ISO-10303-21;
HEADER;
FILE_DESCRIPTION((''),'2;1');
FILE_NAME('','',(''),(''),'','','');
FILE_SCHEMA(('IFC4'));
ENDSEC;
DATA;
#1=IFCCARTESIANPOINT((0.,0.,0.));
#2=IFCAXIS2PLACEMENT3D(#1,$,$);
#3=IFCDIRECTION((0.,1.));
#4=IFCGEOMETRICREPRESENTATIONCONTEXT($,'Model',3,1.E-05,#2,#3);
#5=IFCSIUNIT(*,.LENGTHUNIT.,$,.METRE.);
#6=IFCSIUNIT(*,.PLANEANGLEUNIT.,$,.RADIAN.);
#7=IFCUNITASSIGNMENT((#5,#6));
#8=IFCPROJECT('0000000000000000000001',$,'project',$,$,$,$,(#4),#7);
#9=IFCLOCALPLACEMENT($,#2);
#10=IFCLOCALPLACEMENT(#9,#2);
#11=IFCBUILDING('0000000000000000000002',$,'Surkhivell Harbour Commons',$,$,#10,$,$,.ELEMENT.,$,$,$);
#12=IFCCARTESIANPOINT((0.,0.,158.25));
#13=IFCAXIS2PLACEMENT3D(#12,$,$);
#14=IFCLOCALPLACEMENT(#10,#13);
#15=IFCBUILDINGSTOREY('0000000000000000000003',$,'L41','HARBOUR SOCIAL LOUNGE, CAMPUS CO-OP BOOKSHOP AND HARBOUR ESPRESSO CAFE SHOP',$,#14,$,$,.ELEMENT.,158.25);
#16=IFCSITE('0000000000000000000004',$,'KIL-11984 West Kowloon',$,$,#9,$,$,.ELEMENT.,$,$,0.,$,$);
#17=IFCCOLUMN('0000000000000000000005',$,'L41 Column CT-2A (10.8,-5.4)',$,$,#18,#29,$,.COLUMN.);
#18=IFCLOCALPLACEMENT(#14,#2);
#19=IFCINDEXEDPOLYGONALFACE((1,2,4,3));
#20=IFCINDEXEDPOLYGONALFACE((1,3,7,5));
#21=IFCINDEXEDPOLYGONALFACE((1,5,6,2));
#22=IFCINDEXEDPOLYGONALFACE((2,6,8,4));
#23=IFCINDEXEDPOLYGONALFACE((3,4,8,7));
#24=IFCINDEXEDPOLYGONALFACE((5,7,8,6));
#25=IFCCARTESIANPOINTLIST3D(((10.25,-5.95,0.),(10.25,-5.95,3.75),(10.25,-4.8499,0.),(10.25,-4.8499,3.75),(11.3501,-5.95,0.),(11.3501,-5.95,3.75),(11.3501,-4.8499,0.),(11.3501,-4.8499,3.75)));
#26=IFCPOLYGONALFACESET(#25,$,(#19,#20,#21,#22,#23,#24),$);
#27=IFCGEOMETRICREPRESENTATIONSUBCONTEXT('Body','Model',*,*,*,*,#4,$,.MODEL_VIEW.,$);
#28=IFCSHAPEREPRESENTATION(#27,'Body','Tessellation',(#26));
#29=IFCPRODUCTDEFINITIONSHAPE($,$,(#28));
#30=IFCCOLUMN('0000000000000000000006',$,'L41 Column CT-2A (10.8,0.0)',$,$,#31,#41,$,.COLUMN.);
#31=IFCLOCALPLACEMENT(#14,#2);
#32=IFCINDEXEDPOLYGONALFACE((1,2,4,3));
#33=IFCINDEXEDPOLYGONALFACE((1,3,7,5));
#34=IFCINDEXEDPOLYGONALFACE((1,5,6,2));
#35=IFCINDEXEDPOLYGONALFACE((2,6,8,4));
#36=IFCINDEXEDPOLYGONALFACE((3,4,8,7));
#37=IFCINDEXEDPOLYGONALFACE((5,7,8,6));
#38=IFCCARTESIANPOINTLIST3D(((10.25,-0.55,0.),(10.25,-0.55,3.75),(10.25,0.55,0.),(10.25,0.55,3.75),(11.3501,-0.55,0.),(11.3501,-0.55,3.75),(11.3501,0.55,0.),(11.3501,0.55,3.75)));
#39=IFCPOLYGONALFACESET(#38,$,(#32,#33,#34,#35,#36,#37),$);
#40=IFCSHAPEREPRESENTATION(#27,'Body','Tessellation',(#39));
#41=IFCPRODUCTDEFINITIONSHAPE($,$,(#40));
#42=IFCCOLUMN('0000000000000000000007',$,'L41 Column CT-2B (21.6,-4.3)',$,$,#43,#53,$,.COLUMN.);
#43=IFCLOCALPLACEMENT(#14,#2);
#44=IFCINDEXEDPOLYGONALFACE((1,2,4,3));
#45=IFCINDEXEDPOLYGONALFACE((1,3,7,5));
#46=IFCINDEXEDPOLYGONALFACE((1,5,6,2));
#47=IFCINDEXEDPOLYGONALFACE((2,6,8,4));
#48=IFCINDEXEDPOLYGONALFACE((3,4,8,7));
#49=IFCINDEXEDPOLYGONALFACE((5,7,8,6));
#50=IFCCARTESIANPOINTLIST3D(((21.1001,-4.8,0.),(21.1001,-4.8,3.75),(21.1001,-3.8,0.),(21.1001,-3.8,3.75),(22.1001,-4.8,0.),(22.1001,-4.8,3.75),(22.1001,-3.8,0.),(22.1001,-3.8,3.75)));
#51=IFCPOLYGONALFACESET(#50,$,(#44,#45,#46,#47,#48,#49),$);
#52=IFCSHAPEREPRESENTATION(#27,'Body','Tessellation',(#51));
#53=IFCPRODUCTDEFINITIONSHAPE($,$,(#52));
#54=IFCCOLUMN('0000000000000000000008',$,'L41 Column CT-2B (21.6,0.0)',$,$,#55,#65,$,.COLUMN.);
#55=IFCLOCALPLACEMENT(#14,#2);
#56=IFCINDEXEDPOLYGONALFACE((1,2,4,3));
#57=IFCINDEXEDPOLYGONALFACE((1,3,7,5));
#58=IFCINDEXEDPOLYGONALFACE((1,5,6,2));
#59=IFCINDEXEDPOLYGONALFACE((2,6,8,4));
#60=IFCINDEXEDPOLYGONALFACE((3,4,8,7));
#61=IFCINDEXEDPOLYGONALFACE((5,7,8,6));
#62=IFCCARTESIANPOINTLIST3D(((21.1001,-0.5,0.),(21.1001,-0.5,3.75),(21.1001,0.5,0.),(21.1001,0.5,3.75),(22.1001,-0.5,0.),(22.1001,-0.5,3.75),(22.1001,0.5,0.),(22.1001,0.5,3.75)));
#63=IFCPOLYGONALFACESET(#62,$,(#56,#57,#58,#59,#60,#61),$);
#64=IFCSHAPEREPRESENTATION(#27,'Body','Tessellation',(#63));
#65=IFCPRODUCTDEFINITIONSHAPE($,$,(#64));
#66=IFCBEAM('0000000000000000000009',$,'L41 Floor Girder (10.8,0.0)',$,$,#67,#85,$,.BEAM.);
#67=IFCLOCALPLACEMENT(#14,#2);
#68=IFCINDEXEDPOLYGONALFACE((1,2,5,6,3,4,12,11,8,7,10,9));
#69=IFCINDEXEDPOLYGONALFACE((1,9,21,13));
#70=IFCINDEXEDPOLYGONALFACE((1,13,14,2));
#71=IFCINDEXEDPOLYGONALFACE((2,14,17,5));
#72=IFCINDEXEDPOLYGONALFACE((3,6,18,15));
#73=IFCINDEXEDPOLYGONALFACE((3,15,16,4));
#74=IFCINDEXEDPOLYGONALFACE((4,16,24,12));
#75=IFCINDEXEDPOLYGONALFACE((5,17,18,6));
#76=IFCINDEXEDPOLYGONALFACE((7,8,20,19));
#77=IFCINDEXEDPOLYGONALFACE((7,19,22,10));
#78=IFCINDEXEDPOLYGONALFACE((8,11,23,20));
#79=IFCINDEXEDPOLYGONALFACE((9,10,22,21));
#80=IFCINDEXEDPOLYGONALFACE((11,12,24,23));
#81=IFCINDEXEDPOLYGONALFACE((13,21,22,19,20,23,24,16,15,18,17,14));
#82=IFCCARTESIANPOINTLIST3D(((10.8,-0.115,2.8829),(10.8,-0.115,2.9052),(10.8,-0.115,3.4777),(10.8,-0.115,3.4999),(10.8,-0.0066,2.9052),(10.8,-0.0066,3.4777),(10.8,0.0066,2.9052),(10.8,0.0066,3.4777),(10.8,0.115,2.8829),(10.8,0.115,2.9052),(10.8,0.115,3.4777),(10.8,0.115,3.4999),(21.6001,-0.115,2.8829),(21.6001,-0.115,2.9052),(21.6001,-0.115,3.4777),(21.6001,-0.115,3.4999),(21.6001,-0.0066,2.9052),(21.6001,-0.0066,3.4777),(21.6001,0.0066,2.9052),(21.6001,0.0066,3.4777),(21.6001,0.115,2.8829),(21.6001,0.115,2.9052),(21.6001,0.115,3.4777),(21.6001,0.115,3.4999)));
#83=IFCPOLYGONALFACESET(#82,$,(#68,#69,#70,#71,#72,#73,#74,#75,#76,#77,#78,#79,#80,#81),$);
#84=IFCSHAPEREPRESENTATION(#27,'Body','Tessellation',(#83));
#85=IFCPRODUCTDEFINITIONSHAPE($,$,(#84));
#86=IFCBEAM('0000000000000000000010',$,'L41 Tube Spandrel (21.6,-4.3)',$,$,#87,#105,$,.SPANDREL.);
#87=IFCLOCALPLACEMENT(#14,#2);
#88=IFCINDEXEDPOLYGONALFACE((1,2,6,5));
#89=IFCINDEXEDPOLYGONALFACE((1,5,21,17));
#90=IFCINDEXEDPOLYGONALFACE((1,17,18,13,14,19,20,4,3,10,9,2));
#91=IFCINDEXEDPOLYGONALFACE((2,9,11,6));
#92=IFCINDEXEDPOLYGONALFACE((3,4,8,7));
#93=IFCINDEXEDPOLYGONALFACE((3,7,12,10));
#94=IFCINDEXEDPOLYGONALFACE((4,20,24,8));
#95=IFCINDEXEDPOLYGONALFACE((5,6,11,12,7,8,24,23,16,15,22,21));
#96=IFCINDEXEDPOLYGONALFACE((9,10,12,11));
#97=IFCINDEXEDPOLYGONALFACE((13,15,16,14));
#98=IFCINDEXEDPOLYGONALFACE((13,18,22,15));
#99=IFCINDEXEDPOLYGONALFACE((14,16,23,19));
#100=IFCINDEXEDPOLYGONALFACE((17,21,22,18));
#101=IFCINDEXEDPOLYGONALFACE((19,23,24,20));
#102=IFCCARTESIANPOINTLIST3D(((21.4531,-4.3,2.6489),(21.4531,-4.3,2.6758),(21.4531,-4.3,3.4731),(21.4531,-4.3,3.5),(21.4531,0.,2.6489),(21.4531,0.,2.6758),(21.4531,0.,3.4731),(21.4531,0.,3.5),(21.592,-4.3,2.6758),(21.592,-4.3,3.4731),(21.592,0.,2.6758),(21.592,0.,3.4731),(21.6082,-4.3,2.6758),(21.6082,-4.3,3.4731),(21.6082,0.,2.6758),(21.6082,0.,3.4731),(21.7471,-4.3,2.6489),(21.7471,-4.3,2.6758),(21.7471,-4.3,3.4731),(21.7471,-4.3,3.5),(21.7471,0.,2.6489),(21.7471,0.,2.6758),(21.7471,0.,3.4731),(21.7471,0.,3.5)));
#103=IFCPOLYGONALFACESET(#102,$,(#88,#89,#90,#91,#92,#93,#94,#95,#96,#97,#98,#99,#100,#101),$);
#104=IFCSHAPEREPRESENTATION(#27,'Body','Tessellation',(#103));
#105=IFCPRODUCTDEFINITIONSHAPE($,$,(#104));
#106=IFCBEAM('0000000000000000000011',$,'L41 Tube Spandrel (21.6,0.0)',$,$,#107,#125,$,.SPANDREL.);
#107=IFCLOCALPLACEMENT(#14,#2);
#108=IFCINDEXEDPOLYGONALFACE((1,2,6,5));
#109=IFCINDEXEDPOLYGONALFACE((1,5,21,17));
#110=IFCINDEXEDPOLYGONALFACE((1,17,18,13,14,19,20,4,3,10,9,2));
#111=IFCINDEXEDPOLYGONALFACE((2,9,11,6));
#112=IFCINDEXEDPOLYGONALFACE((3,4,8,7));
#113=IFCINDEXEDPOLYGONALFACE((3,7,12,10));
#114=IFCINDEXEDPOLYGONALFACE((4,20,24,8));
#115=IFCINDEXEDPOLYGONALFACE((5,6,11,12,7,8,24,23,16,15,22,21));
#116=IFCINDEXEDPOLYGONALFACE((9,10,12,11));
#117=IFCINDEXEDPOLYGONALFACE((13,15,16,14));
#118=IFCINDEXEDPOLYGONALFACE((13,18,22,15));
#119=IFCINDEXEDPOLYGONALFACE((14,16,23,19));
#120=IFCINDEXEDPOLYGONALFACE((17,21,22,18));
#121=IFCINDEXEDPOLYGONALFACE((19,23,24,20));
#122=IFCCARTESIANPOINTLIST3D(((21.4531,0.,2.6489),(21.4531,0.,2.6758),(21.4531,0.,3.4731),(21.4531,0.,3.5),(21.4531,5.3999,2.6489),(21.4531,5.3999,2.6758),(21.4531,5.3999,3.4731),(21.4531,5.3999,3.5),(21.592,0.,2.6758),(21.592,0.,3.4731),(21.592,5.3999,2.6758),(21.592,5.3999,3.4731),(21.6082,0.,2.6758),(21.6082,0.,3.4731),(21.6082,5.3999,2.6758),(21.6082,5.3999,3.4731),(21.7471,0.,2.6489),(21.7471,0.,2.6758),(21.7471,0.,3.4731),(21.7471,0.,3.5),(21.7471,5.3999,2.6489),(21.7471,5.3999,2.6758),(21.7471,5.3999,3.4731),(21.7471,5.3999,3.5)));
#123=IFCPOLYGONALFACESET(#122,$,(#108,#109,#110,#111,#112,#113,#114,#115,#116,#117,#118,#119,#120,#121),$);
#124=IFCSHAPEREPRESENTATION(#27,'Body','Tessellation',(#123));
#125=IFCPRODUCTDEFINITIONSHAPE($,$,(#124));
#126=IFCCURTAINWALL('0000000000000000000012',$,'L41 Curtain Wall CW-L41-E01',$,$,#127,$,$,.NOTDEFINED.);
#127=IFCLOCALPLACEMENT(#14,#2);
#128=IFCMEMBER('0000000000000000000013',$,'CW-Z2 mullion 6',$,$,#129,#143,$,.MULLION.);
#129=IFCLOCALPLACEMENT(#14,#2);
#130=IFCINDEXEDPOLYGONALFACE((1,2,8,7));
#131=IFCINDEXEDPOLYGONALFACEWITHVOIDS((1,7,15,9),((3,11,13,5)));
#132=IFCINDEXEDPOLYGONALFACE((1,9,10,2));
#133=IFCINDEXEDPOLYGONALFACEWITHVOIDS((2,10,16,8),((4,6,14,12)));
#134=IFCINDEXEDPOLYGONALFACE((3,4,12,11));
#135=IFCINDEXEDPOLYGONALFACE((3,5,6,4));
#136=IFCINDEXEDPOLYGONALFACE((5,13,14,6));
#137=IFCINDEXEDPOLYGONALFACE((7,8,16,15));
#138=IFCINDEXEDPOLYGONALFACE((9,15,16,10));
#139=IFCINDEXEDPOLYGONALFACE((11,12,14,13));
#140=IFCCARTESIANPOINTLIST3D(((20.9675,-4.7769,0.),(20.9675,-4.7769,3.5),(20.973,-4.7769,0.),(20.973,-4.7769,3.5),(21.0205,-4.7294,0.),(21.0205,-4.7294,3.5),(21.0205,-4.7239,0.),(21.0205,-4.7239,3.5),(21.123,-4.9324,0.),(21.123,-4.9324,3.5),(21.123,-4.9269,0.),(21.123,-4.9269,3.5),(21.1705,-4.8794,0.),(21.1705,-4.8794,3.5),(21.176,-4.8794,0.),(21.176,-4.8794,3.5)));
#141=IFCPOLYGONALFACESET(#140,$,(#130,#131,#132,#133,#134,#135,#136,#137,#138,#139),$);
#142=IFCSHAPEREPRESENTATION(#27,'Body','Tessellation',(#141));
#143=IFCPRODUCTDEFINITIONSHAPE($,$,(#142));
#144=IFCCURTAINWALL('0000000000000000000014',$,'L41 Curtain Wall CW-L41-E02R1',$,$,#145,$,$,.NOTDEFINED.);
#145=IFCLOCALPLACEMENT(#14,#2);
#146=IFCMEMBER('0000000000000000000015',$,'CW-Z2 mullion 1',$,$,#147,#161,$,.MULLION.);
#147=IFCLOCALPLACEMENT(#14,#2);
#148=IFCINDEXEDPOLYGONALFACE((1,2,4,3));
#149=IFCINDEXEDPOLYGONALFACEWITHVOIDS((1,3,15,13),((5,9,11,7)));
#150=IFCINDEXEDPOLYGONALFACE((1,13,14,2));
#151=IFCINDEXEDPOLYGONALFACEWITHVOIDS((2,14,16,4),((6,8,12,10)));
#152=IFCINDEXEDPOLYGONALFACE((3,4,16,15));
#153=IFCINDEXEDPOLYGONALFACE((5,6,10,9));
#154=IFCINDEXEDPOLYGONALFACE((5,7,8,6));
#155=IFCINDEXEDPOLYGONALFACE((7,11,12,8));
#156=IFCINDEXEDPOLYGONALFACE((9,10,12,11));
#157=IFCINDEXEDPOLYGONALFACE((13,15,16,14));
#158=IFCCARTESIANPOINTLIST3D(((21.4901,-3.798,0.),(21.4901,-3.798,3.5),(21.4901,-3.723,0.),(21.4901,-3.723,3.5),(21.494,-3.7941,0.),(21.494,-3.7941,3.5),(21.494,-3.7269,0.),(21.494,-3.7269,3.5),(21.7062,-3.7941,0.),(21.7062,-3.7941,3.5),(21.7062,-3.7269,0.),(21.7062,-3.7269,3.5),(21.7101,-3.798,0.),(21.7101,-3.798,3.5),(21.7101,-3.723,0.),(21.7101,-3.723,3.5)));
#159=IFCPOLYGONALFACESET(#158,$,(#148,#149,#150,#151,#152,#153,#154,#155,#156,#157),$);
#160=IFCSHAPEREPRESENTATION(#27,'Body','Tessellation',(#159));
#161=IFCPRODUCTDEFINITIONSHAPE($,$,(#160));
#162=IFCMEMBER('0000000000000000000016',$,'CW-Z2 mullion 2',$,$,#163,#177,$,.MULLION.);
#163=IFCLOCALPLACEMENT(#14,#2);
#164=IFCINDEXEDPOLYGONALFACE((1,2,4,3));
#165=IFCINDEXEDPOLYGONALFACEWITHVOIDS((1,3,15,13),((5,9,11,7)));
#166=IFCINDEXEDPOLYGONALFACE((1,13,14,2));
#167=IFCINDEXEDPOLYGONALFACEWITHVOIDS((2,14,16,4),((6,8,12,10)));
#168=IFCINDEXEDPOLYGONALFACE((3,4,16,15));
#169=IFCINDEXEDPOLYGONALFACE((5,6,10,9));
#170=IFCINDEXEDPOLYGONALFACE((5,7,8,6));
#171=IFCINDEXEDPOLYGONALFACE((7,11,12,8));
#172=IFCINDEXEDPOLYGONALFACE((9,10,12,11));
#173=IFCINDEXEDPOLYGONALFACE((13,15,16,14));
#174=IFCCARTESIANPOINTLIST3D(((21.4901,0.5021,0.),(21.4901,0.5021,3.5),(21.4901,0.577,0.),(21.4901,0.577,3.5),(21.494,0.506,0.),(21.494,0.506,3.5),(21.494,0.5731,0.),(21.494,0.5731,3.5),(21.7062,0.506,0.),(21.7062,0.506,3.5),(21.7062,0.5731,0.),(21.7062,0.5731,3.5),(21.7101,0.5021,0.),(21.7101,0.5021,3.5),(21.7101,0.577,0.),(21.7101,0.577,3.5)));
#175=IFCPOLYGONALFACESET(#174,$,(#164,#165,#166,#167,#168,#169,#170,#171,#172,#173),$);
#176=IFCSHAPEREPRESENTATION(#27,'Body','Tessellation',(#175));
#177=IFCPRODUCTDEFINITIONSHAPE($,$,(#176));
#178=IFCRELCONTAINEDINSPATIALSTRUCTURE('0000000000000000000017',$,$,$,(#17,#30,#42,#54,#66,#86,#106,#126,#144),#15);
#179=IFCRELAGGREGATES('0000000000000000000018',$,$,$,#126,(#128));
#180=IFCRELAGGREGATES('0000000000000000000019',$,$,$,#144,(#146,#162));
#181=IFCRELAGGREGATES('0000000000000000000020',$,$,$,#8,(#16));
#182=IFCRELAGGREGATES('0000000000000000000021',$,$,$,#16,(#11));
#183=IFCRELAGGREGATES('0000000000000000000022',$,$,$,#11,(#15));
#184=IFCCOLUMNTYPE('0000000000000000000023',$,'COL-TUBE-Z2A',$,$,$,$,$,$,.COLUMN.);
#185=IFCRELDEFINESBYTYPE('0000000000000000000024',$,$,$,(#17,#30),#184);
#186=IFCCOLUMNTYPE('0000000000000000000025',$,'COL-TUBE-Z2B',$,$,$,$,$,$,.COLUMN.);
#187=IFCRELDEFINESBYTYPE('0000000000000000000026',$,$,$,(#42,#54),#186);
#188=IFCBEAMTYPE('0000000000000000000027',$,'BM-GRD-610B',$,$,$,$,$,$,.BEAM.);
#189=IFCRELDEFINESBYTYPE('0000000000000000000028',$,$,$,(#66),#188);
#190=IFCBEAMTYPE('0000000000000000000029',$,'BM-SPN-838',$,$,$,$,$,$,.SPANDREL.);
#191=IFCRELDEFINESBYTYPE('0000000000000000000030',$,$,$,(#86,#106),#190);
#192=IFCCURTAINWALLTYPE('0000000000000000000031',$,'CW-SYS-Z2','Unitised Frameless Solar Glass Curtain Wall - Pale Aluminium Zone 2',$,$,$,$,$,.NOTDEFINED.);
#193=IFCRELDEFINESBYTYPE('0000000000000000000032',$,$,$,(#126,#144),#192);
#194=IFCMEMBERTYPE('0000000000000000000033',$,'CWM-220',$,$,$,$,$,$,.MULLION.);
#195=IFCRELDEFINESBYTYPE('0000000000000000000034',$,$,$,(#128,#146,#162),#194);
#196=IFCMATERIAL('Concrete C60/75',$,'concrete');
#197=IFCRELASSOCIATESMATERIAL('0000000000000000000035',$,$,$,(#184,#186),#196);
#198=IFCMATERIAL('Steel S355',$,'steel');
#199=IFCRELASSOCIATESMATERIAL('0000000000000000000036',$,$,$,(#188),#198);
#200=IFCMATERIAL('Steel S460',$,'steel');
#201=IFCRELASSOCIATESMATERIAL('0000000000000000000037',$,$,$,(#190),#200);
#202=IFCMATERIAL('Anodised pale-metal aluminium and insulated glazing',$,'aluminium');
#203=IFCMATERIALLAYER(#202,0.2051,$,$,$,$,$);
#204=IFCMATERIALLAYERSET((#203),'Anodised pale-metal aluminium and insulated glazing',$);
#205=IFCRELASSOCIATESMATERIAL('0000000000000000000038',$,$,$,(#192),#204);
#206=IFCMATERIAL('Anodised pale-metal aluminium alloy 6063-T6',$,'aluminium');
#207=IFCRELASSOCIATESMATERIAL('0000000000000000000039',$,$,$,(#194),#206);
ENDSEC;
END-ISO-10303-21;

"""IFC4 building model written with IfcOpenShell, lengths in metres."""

from ifc_helpers import new_model, si_unit, direction, frame, origin, origin_2d, place, context, subcontext, project, spatial, rectangle, hollow_rectangle, i_section, extrude, material, layer, layer_set, material_profile, profile_set, type_object, element, aggregate, save


model = new_model("IFC4")

# Units and contexts
model_context = context("Model", 3, precision=1e-05, world=origin(), true_north=direction((0.0, 1.0)))
body_context = subcontext(model_context, "Body", "Model", "MODEL_VIEW")
ifc_project = project(units=[si_unit("LENGTHUNIT", "METRE"), si_unit("PLANEANGLEUNIT", "RADIAN")], contexts=[model_context])

# Site, building, storey
site_placement = place(None, origin())
site = spatial("IfcSite", under=ifc_project, at=site_placement, Name="KIL-11984 West Kowloon", CompositionType="ELEMENT", RefElevation=0.0)
building_placement = place(site_placement, origin())
building = spatial("IfcBuilding", under=site, at=building_placement, Name="Surkhivell Harbour Commons", CompositionType="ELEMENT")
storey_placement = place(building_placement, frame((0.0, 0.0, 158.25)))
storey = spatial("IfcBuildingStorey", under=building, at=storey_placement, Name="L41", Description="HARBOUR SOCIAL LOUNGE, CAMPUS CO-OP BOOKSHOP AND HARBOUR ESPRESSO CAFE SHOP", CompositionType="ELEMENT", Elevation=158.25)

# Columns
ifc_material_1 = material(Name="Concrete C60/75", Category="concrete")
ifc_material_profile_1 = material_profile(ifc_material_1, rectangle(XDim=1.1001, YDim=1.1001, at=origin_2d()), Name="RC-COL-1100x1100")
ifc_profile_set_1 = profile_set([ifc_material_profile_1], Name="Concrete C60/75")
column_type_1 = type_object("IfcColumnType", Name="COL-TUBE-Z2A", PredefinedType="COLUMN", material=ifc_profile_set_1)
for number, where, z_axis, x_axis, name in (
    (1, (10.8, -5.3999, 0.0), (0.0, 0.0, 1.0), (1.0, 0.0, 0.0), "L41 Column CT-2A (10.8,-5.4)"),
    (2, (10.8, 0.0, 0.0), (0.0, 0.0, 1.0), (1.0, 0.0, 0.0), "L41 Column CT-2A (10.8,0.0)"),
):
    element("IfcColumn", number, at=place(storey_placement, frame(where, z_axis=z_axis, x_axis=x_axis)), inside=storey, type_object=column_type_1, Name=name, PredefinedType="COLUMN", context=body_context, shape_type="SweptSolid", body=[
        extrude(rectangle(XDim=1.1001, YDim=1.1001, at=origin_2d()), origin(), (0.0, 0.0, 1.0), 3.75),
    ])
ifc_material_profile_2 = material_profile(ifc_material_1, rectangle(XDim=1.0, YDim=1.0, at=origin_2d()), Name="RC-COL-1000x1000")
ifc_profile_set_2 = profile_set([ifc_material_profile_2], Name="Concrete C60/75")
column_type_2 = type_object("IfcColumnType", Name="COL-TUBE-Z2B", PredefinedType="COLUMN", material=ifc_profile_set_2)
for number, where, z_axis, x_axis, name in (
    (3, (21.6001, -4.3, 0.0), (0.0, 0.0, 1.0), (1.0, 0.0, 0.0), "L41 Column CT-2B (21.6,-4.3)"),
    (4, (21.6001, 0.0, 0.0), (0.0, 0.0, 1.0), (1.0, 0.0, 0.0), "L41 Column CT-2B (21.6,0.0)"),
):
    element("IfcColumn", number, at=place(storey_placement, frame(where, z_axis=z_axis, x_axis=x_axis)), inside=storey, type_object=column_type_2, Name=name, PredefinedType="COLUMN", context=body_context, shape_type="SweptSolid", body=[
        extrude(rectangle(XDim=1.0, YDim=1.0, at=origin_2d()), origin(), (0.0, 0.0, 1.0), 3.75),
    ])

# Beams
ifc_material_2 = material(Name="Steel S355", Category="steel")
ifc_material_profile_3 = material_profile(ifc_material_2, i_section(OverallWidth=0.23, OverallDepth=0.6169, WebThickness=0.0132, FlangeThickness=0.0222, at=origin_2d()), Name="UB610x229x140")
ifc_profile_set_3 = profile_set([ifc_material_profile_3], Name="Steel S355")
beam_type_1 = type_object("IfcBeamType", Name="BM-GRD-610B", PredefinedType="BEAM", material=ifc_profile_set_3)
beam_1_placement = place(storey_placement, frame((10.8, 0.0, 3.1914), z_axis=(1.0, 0.0, 0.0), x_axis=(0.0, 1.0, 0.0)))
element("IfcBeam", 5, at=beam_1_placement, inside=storey, type_object=beam_type_1, Name="L41 Floor Girder (10.8,0.0)", PredefinedType="BEAM", context=body_context, shape_type="SweptSolid", body=[
    extrude(i_section(OverallWidth=0.23, OverallDepth=0.6169, WebThickness=0.0132, FlangeThickness=0.0222, at=origin_2d()), origin(), (0.0, 0.0, 1.0), 10.8),
])
ifc_material_3 = material(Name="Steel S460", Category="steel")
ifc_material_profile_4 = material_profile(ifc_material_3, i_section(OverallWidth=0.2939, OverallDepth=0.8511, WebThickness=0.0161, FlangeThickness=0.0269, at=origin_2d()), Name="UB838x292x226")
ifc_profile_set_4 = profile_set([ifc_material_profile_4], Name="Steel S460")
beam_type_2 = type_object("IfcBeamType", Name="BM-SPN-838", PredefinedType="SPANDREL", material=ifc_profile_set_4)
beam_2_placement = place(storey_placement, frame((21.6001, -4.3, 3.0745), z_axis=(0.0, 1.0, 0.0), x_axis=(-1.0, 0.0, 0.0)))
element("IfcBeam", 6, at=beam_2_placement, inside=storey, type_object=beam_type_2, Name="L41 Tube Spandrel (21.6,-4.3)", PredefinedType="SPANDREL", context=body_context, shape_type="SweptSolid", body=[
    extrude(i_section(OverallWidth=0.2939, OverallDepth=0.8511, WebThickness=0.0161, FlangeThickness=0.0269, at=origin_2d()), origin(), (0.0, 0.0, 1.0), 4.3),
])
beam_3_placement = place(storey_placement, frame((21.6001, 0.0, 3.0745), z_axis=(0.0, 1.0, 0.0), x_axis=(-1.0, 0.0, 0.0)))
element("IfcBeam", 7, at=beam_3_placement, inside=storey, type_object=beam_type_2, Name="L41 Tube Spandrel (21.6,0.0)", PredefinedType="SPANDREL", context=body_context, shape_type="SweptSolid", body=[
    extrude(i_section(OverallWidth=0.2939, OverallDepth=0.8511, WebThickness=0.0161, FlangeThickness=0.0269, at=origin_2d()), origin(), (0.0, 0.0, 1.0), 5.3999),
])

# Curtain wall, member
ifc_material_4 = material(Name="Anodised pale-metal aluminium and insulated glazing", Category="aluminium")
ifc_layer_1 = layer(ifc_material_4, 0.2051)
ifc_layer_set_1 = layer_set([ifc_layer_1], Name="Anodised pale-metal aluminium and insulated glazing")
curtain_wall_type = type_object("IfcCurtainWallType", Name="CW-SYS-Z2", Description="Unitised Frameless Solar Glass Curtain Wall - Pale Aluminium Zone 2", PredefinedType="NOTDEFINED", material=ifc_layer_set_1)
curtain_wall_1_placement = place(storey_placement, origin())
curtain_wall_1 = element("IfcCurtainWall", 8, at=curtain_wall_1_placement, inside=storey, type_object=curtain_wall_type, Name="L41 Curtain Wall CW-L41-E01", PredefinedType="NOTDEFINED")
ifc_material_5 = material(Name="Anodised pale-metal aluminium alloy 6063-T6", Category="aluminium")
ifc_material_profile_5 = material_profile(ifc_material_5, hollow_rectangle(XDim=0.075, YDim=0.22, WallThickness=0.0039, at=origin_2d()), Name="ALU-MULL-75x220")
ifc_profile_set_5 = profile_set([ifc_material_profile_5], Name="Anodised pale-metal aluminium alloy 6063-T6")
member_type_1 = type_object("IfcMemberType", Name="CWM-220", PredefinedType="MULLION", material=ifc_profile_set_5)
member_1_placement = place(storey_placement, frame((21.0718, -4.8281, 0.0), z_axis=(0.0, 0.0, 1.0), x_axis=(0.707107, 0.707107, 0.0)))
member_1 = element("IfcMember", 9, at=member_1_placement, type_object=member_type_1, Name="CW-Z2 mullion 6", PredefinedType="MULLION", context=body_context, shape_type="SweptSolid", body=[
    extrude(hollow_rectangle(XDim=0.075, YDim=0.22, WallThickness=0.0039, at=origin_2d()), origin(), (0.0, 0.0, 1.0), 3.5),
])
aggregate(curtain_wall_1, [member_1])

# Curtain wall, members
curtain_wall_2_placement = place(storey_placement, origin())
curtain_wall_2 = element("IfcCurtainWall", 10, at=curtain_wall_2_placement, inside=storey, type_object=curtain_wall_type, Name="L41 Curtain Wall CW-L41-E02R1", PredefinedType="NOTDEFINED")
member_2_placement = place(storey_placement, frame((21.6001, -3.7605, 0.0), z_axis=(0.0, 0.0, 1.0), x_axis=(0.0, 1.0, 0.0)))
member_2 = element("IfcMember", 11, at=member_2_placement, type_object=member_type_1, Name="CW-Z2 mullion 1", PredefinedType="MULLION", context=body_context, shape_type="SweptSolid", body=[
    extrude(hollow_rectangle(XDim=0.075, YDim=0.22, WallThickness=0.0039, at=origin_2d()), origin(), (0.0, 0.0, 1.0), 3.5),
])
member_3_placement = place(storey_placement, frame((21.6001, 0.5396, 0.0), z_axis=(0.0, 0.0, 1.0), x_axis=(0.0, 1.0, 0.0)))
member_3 = element("IfcMember", 12, at=member_3_placement, type_object=member_type_1, Name="CW-Z2 mullion 2", PredefinedType="MULLION", context=body_context, shape_type="SweptSolid", body=[
    extrude(hollow_rectangle(XDim=0.075, YDim=0.22, WallThickness=0.0039, at=origin_2d()), origin(), (0.0, 0.0, 1.0), 3.5),
])
aggregate(curtain_wall_2, [member_2, member_3])

save(model, "model.ifc")
